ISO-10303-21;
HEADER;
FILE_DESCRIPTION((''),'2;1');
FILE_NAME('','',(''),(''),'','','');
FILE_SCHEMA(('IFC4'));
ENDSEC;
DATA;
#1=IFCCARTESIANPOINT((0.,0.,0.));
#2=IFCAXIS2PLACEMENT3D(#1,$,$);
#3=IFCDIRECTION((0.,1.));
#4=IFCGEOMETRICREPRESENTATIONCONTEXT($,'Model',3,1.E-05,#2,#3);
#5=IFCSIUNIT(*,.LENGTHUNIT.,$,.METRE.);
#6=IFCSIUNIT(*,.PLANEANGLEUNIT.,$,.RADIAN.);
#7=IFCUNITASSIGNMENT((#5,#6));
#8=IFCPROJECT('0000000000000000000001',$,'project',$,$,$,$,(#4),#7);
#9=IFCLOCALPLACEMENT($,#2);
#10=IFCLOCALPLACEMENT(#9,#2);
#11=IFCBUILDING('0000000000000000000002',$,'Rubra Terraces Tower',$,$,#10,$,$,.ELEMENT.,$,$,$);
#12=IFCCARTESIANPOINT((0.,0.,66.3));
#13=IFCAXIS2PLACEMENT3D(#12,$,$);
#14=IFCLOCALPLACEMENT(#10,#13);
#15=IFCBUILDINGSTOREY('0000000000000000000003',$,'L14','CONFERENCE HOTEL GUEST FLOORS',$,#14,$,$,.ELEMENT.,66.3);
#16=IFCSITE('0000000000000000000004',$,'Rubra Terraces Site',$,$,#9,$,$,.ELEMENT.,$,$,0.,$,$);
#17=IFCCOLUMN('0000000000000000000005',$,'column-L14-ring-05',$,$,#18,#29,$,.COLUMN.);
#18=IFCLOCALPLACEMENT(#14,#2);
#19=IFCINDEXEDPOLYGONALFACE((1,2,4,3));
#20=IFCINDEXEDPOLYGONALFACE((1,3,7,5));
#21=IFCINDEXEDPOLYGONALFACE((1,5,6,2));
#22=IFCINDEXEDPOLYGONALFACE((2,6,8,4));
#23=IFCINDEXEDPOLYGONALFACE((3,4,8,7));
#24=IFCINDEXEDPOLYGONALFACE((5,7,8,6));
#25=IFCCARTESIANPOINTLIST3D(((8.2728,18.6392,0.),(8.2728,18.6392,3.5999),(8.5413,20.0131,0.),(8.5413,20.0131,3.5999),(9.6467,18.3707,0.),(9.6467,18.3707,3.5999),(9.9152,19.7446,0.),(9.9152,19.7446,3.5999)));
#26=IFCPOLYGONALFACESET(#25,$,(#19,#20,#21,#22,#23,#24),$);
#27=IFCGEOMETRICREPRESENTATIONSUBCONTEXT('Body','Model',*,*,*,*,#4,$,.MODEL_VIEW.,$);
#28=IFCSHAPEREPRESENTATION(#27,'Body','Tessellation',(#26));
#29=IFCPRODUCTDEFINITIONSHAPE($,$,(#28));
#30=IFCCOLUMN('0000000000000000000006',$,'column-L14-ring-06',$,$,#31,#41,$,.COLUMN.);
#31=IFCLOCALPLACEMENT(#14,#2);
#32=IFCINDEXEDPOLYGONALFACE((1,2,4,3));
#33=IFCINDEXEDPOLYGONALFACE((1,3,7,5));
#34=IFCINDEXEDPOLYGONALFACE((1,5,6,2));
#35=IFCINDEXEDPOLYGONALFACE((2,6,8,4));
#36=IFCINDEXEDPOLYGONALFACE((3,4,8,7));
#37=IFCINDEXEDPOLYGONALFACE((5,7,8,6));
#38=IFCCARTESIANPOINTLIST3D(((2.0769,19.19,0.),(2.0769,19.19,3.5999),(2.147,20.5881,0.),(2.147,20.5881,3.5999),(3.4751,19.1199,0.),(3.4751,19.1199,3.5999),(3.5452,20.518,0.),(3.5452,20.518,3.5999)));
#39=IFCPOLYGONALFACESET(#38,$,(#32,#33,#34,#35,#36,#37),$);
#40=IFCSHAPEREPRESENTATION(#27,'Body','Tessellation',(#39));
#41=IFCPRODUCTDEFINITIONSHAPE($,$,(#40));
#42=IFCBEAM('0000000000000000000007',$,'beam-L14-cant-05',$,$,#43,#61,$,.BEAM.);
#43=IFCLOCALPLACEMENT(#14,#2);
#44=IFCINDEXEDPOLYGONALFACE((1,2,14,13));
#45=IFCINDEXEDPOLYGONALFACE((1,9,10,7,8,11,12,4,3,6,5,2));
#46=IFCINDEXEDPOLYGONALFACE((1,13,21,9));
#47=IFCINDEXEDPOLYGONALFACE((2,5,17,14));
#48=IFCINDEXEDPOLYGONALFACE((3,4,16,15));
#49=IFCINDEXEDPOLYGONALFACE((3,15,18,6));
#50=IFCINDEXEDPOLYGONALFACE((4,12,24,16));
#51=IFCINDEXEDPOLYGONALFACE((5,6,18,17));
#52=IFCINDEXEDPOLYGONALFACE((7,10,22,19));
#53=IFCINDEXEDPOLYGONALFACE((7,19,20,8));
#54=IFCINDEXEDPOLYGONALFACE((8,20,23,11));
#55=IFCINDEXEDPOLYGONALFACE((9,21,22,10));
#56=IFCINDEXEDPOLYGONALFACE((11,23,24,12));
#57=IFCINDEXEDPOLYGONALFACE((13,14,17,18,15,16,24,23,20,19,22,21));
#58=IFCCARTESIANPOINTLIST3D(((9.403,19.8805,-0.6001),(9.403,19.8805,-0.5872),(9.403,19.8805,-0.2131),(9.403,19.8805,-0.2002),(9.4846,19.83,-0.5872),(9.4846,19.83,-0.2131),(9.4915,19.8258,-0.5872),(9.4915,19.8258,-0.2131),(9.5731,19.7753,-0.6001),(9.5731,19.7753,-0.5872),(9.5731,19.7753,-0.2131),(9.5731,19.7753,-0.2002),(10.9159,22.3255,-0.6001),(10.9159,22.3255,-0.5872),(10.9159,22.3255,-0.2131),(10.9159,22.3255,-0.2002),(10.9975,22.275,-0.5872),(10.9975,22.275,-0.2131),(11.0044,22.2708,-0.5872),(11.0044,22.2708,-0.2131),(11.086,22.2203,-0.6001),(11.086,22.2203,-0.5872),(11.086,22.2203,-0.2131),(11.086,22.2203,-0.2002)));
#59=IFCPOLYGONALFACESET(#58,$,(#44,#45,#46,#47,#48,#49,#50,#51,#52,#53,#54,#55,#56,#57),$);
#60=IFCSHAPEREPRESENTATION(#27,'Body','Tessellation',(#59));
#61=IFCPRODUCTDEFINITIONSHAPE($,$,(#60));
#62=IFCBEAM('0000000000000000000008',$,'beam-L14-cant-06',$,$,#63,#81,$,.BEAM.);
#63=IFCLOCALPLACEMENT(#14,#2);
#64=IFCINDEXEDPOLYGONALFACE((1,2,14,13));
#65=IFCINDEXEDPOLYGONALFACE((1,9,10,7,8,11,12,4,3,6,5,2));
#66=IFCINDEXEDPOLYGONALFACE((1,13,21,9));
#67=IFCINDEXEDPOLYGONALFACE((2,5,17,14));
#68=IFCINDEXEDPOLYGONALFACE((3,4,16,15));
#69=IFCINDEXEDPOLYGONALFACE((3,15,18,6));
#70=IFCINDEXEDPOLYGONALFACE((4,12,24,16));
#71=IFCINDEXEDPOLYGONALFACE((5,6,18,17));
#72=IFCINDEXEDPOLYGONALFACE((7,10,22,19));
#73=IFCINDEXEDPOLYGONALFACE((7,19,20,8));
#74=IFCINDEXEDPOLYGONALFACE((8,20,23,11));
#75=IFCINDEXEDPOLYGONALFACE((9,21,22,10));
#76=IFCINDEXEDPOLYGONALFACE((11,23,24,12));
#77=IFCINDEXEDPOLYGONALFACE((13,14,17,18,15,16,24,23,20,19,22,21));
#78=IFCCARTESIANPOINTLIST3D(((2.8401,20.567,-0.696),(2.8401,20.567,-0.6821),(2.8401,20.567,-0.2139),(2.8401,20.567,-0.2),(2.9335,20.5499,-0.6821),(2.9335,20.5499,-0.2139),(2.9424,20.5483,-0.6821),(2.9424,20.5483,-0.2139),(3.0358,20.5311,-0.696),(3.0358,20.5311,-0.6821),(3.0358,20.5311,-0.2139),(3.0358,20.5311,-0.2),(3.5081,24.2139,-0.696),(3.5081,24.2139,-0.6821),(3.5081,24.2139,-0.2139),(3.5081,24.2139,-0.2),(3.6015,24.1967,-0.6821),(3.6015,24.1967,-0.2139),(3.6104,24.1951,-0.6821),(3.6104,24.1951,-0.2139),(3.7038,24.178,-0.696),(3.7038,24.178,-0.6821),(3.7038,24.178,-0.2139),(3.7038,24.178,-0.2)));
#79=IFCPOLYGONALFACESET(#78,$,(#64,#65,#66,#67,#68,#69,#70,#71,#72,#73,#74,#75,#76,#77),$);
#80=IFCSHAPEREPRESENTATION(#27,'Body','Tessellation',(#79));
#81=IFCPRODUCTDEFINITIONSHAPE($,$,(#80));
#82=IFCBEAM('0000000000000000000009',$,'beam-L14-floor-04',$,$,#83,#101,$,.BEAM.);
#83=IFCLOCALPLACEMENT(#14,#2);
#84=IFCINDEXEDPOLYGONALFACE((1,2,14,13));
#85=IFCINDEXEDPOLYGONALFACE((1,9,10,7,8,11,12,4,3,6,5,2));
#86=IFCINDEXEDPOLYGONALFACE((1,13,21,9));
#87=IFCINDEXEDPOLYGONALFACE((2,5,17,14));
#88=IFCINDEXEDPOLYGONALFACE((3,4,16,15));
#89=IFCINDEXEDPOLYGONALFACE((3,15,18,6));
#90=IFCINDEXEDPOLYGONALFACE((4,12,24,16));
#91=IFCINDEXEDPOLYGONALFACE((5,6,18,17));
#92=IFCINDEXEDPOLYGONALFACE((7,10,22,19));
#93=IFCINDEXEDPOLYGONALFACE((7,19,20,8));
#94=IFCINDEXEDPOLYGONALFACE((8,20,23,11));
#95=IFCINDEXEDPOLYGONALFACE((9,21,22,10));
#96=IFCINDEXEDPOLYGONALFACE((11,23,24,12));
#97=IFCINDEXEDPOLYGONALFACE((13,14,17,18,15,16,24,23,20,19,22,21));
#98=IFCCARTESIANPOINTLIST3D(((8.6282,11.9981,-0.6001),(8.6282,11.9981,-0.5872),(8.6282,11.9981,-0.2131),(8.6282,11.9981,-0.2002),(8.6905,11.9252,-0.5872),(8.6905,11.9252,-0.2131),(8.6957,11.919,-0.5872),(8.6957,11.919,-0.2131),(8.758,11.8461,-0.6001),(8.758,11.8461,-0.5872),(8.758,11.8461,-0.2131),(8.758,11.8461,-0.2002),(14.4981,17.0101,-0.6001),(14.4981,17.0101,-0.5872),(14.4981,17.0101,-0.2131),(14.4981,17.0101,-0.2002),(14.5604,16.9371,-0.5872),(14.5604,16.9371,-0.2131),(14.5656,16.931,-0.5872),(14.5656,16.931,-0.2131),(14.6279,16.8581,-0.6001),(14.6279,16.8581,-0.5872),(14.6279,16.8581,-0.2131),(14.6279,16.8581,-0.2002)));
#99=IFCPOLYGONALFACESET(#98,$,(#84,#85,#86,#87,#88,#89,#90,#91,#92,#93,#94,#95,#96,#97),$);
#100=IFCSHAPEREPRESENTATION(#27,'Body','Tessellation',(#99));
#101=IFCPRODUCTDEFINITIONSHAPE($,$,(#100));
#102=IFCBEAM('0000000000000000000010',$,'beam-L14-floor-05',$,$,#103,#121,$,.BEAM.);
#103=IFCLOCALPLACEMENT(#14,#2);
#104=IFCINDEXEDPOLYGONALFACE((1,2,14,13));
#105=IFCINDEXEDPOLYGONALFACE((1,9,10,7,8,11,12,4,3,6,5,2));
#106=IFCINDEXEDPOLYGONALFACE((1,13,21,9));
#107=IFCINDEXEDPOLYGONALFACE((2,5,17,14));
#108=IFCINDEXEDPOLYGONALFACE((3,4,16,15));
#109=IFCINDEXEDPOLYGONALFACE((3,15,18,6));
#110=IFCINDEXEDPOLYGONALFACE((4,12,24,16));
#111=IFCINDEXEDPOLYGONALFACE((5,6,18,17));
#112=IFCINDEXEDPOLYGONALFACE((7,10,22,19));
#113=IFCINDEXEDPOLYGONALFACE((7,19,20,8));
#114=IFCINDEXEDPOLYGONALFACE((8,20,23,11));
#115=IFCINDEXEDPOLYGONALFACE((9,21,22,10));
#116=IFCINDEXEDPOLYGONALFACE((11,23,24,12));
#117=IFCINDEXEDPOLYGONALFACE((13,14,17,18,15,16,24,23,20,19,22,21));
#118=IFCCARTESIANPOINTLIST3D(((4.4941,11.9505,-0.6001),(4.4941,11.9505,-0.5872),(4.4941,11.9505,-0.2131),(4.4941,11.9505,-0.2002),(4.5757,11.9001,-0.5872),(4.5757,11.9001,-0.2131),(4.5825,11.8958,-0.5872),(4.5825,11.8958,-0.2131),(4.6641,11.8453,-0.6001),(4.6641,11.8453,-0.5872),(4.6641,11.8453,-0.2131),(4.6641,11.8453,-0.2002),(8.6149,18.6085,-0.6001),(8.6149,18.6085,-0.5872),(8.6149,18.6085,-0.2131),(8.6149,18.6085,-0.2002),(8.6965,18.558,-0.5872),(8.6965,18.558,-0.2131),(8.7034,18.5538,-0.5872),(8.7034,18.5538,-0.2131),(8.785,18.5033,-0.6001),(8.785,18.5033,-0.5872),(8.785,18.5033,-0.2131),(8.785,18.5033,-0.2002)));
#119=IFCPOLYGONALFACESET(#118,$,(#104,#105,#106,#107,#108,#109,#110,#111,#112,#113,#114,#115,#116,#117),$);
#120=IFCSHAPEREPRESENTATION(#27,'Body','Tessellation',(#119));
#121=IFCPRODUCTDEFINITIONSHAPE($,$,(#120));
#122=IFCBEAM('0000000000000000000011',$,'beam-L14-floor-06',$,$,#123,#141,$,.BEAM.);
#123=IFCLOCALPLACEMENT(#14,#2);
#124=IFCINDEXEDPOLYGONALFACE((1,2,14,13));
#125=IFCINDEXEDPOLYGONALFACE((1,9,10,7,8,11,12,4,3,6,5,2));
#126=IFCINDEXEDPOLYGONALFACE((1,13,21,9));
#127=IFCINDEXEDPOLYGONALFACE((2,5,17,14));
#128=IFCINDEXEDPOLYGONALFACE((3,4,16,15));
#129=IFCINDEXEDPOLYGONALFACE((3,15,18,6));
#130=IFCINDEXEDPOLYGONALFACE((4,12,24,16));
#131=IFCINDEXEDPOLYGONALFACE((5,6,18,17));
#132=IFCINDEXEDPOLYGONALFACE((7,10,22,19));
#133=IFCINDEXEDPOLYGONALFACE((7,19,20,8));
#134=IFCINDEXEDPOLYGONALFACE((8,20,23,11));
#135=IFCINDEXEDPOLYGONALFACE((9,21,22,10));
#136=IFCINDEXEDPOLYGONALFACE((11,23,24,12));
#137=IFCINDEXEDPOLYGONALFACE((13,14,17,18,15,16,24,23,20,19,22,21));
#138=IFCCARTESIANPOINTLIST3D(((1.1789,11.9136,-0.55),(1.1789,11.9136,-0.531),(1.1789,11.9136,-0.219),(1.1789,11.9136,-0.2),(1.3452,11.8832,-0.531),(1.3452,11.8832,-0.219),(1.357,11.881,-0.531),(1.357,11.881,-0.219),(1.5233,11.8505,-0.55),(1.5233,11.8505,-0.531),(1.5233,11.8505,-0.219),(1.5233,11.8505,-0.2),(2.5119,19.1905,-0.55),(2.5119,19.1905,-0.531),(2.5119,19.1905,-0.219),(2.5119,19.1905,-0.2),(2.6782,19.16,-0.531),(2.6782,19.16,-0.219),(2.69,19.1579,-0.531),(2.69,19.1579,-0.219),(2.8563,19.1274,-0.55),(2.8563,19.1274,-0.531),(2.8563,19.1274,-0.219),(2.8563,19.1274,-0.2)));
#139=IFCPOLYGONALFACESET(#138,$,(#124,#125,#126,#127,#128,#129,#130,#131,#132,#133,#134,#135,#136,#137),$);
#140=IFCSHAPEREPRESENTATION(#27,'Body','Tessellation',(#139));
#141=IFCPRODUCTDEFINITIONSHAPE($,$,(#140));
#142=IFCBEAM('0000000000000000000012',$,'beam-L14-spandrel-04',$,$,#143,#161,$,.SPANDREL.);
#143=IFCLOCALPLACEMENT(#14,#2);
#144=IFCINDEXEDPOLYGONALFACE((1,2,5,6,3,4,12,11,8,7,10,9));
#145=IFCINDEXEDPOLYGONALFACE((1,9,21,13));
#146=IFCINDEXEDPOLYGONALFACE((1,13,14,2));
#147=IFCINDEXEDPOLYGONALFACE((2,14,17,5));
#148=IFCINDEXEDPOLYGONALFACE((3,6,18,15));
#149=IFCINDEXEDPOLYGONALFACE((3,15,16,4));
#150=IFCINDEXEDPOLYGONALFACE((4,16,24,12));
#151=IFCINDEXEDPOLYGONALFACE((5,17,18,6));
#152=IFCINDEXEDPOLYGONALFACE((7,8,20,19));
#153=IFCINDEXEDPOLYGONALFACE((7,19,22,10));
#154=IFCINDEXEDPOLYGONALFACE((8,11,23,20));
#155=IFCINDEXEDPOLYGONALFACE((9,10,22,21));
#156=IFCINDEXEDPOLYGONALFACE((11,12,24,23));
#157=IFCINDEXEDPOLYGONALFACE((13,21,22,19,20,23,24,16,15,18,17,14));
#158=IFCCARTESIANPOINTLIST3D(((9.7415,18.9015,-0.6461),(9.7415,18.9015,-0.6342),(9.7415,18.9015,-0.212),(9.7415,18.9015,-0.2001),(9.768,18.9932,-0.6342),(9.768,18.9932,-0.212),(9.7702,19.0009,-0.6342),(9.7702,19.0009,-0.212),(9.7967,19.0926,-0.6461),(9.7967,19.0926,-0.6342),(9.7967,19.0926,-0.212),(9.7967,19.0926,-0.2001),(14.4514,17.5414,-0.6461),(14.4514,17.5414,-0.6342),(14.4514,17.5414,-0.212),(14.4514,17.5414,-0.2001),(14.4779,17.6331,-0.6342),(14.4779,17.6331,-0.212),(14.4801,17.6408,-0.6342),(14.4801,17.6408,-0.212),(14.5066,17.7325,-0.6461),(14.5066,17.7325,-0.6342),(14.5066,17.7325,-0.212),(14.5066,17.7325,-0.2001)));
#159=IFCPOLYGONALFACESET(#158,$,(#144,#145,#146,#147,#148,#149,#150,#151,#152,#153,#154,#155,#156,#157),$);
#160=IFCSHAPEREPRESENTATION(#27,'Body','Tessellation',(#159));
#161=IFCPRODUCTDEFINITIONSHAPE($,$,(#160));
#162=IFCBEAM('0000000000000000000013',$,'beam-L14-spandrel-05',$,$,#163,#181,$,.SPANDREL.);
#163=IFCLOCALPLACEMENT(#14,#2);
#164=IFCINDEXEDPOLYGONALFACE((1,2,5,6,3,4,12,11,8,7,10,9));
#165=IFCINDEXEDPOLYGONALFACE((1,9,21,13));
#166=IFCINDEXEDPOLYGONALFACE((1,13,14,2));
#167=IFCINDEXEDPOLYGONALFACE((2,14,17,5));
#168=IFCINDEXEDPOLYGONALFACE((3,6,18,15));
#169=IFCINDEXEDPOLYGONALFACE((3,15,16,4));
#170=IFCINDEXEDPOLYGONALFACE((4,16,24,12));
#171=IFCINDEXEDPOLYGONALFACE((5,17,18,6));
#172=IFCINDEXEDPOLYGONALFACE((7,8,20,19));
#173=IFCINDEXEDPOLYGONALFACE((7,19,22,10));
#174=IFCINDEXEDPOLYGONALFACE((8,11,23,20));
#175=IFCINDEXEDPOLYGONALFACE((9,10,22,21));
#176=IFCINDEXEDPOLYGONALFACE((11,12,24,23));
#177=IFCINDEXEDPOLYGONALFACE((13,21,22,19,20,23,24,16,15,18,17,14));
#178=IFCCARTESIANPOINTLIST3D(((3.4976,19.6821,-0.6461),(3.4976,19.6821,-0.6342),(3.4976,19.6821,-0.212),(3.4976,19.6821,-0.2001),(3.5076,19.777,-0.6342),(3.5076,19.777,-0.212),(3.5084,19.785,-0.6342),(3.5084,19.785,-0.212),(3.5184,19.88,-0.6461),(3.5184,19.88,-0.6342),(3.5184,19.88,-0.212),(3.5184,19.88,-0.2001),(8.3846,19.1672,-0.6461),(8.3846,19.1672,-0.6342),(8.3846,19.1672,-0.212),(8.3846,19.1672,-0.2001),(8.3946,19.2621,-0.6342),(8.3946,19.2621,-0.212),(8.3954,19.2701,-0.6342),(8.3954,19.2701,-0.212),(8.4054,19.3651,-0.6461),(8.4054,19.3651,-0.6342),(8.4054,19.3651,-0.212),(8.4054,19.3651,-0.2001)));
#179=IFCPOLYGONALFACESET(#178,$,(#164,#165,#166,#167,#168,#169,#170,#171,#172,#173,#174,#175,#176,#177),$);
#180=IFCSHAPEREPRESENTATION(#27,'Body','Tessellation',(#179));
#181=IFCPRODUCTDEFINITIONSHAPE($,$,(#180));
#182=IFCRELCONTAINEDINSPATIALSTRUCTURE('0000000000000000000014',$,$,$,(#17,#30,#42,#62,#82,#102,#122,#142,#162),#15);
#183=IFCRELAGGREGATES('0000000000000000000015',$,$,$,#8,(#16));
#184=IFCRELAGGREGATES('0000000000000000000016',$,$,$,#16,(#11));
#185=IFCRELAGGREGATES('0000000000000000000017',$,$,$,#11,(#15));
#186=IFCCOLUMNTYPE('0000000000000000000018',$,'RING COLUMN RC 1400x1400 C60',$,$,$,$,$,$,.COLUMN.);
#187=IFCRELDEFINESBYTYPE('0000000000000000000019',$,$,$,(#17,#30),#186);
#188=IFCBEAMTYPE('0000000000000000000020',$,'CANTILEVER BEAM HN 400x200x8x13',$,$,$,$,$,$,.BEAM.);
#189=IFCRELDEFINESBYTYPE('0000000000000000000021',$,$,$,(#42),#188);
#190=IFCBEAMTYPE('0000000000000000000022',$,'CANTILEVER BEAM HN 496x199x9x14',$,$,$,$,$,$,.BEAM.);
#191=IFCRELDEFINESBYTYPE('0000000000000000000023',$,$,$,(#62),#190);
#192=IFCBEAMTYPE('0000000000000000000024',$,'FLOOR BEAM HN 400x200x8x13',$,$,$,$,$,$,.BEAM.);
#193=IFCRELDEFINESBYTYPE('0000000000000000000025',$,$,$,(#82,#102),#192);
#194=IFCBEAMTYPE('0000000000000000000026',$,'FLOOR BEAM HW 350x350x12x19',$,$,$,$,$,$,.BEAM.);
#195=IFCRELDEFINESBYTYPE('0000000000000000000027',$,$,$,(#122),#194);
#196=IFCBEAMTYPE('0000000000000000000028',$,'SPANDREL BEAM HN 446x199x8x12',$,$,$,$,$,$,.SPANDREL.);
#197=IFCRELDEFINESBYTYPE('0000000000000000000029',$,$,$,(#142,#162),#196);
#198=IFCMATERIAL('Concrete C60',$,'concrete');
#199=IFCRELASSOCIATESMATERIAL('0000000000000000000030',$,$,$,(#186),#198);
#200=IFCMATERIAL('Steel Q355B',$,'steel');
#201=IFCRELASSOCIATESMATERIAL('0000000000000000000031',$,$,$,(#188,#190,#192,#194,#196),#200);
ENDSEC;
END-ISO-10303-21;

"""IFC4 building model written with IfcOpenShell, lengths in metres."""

from ifc_helpers import new_model, si_unit, direction, frame, origin, origin_2d, place, context, subcontext, project, spatial, rectangle, i_section, extrude, material, material_profile, profile_set, type_object, element, save


model = new_model("IFC4")

# Units and contexts
model_context = context("Model", 3, precision=1e-05, world=origin(), true_north=direction((0.0, 1.0)))
body_context = subcontext(model_context, "Body", "Model", "MODEL_VIEW")
ifc_project = project(units=[si_unit("LENGTHUNIT", "METRE"), si_unit("PLANEANGLEUNIT", "RADIAN")], contexts=[model_context])

# Site, building, storey
site_placement = place(None, origin())
site = spatial("IfcSite", under=ifc_project, at=site_placement, Name="Rubra Terraces Site", CompositionType="ELEMENT", RefElevation=0.0)
building_placement = place(site_placement, origin())
building = spatial("IfcBuilding", under=site, at=building_placement, Name="Rubra Terraces Tower", CompositionType="ELEMENT")
storey_placement = place(building_placement, frame((0.0, 0.0, 66.3)))
storey = spatial("IfcBuildingStorey", under=building, at=storey_placement, Name="L14", Description="CONFERENCE HOTEL GUEST FLOORS", CompositionType="ELEMENT", Elevation=66.3)

# Columns
ifc_material_1 = material(Name="Concrete C60", Category="concrete")
ifc_material_profile_1 = material_profile(ifc_material_1, rectangle(XDim=1.3999, YDim=1.3999, at=origin_2d()), Name="RC 1400x1400")
ifc_profile_set_1 = profile_set([ifc_material_profile_1], Name="Concrete C60")
column_type = type_object("IfcColumnType", Name="RING COLUMN RC 1400x1400 C60", PredefinedType="COLUMN", material=ifc_profile_set_1)
for number, where, z_axis, x_axis, name in (
    (1, (9.094, 19.1919, 0.0), (0.0, 0.0, 1.0), (-0.98143, 0.191819, 0.0), "column-L14-ring-05"),
    (2, (2.811, 19.854, 0.0), (0.0, 0.0, 1.0), (-0.998745, 0.050084, 0.0), "column-L14-ring-06"),
):
    element("IfcColumn", number, at=place(storey_placement, frame(where, z_axis=z_axis, x_axis=x_axis)), inside=storey, type_object=column_type, Name=name, PredefinedType="COLUMN", context=body_context, shape_type="SweptSolid", body=[
        extrude(rectangle(XDim=1.3999, YDim=1.3999, at=origin_2d()), origin(), (0.0, 0.0, 1.0), 3.5999),
    ])

# Beams
ifc_material_2 = material(Name="Steel Q355B", Category="steel")
ifc_material_profile_2 = material_profile(ifc_material_2, i_section(OverallWidth=0.2, OverallDepth=0.3999, WebThickness=0.0081, FlangeThickness=0.0129, at=origin_2d()), Name="HN 400x200x8x13")
ifc_profile_set_2 = profile_set([ifc_material_profile_2], Name="Steel Q355B")
beam_type_1 = type_object("IfcBeamType", Name="CANTILEVER BEAM HN 400x200x8x13", PredefinedType="BEAM", material=ifc_profile_set_2)
beam_1_placement = place(storey_placement, frame((9.488, 19.8279, -0.4001), z_axis=(0.526185, 0.85037, 0.0), x_axis=(-0.85037, 0.526185, 0.0)))
element("IfcBeam", 3, at=beam_1_placement, inside=storey, type_object=beam_type_1, Name="beam-L14-cant-05", PredefinedType="BEAM", context=body_context, shape_type="SweptSolid", body=[
    extrude(i_section(OverallWidth=0.2, OverallDepth=0.3999, WebThickness=0.0081, FlangeThickness=0.0129, at=origin_2d()), origin(), (0.0, 0.0, 1.0), 2.8752),
])
ifc_material_profile_3 = material_profile(ifc_material_2, i_section(OverallWidth=0.199, OverallDepth=0.4961, WebThickness=0.009, FlangeThickness=0.0139, at=origin_2d()), Name="HN 496x199x9x14")
ifc_profile_set_3 = profile_set([ifc_material_profile_3], Name="Steel Q355B")
beam_type_2 = type_object("IfcBeamType", Name="CANTILEVER BEAM HN 496x199x9x14", PredefinedType="BEAM", material=ifc_profile_set_3)
beam_2_placement = place(storey_placement, frame((2.938, 20.5491, -0.448), z_axis=(0.18016, 0.983637, 0.0), x_axis=(-0.983637, 0.18016, 0.0)))
element("IfcBeam", 4, at=beam_2_placement, inside=storey, type_object=beam_type_2, Name="beam-L14-cant-06", PredefinedType="BEAM", context=body_context, shape_type="SweptSolid", body=[
    extrude(i_section(OverallWidth=0.199, OverallDepth=0.4961, WebThickness=0.009, FlangeThickness=0.0139, at=origin_2d()), origin(), (0.0, 0.0, 1.0), 3.7075),
])
ifc_material_profile_4 = material_profile(ifc_material_2, i_section(OverallWidth=0.2, OverallDepth=0.3999, WebThickness=0.0081, FlangeThickness=0.0129, at=origin_2d()), Name="HN 400x200x8x13")
ifc_profile_set_4 = profile_set([ifc_material_profile_4], Name="Steel Q355B")
beam_type_3 = type_object("IfcBeamType", Name="FLOOR BEAM HN 400x200x8x13", PredefinedType="BEAM", material=ifc_profile_set_4)
beam_3_placement = place(storey_placement, frame((14.563, 16.9341, -0.4001), z_axis=(-0.760494, -0.649344, 0.0), x_axis=(0.649344, -0.760494, 0.0)))
element("IfcBeam", 5, at=beam_3_placement, inside=storey, type_object=beam_type_3, Name="beam-L14-floor-04", PredefinedType="BEAM", context=body_context, shape_type="SweptSolid", body=[
    extrude(i_section(OverallWidth=0.2, OverallDepth=0.3999, WebThickness=0.0081, FlangeThickness=0.0129, at=origin_2d()), origin(), (0.0, 0.0, 1.0), 7.7185),
])
beam_4_placement = place(storey_placement, frame((8.7, 18.5559, -0.4001), z_axis=(-0.526286, -0.850308, 0.0), x_axis=(0.850308, -0.526286, 0.0)))
element("IfcBeam", 6, at=beam_4_placement, inside=storey, type_object=beam_type_3, Name="beam-L14-floor-05", PredefinedType="BEAM", context=body_context, shape_type="SweptSolid", body=[
    extrude(i_section(OverallWidth=0.2, OverallDepth=0.3999, WebThickness=0.0081, FlangeThickness=0.0129, at=origin_2d()), origin(), (0.0, 0.0, 1.0), 7.8301),
])
ifc_material_profile_5 = material_profile(ifc_material_2, i_section(OverallWidth=0.3501, OverallDepth=0.3501, WebThickness=0.012, FlangeThickness=0.019, at=origin_2d()), Name="HW 350x350x12x19")
ifc_profile_set_5 = profile_set([ifc_material_profile_5], Name="Steel Q355B")
beam_type_4 = type_object("IfcBeamType", Name="FLOOR BEAM HW 350x350x12x19", PredefinedType="BEAM", material=ifc_profile_set_5)
beam_5_placement = place(storey_placement, frame((2.6841, 19.1589, -0.375), z_axis=(-0.180186, -0.983632, 0.0), x_axis=(0.983632, -0.180186, 0.0)))
element("IfcBeam", 7, at=beam_5_placement, inside=storey, type_object=beam_type_4, Name="beam-L14-floor-06", PredefinedType="BEAM", context=body_context, shape_type="SweptSolid", body=[
    extrude(i_section(OverallWidth=0.3501, OverallDepth=0.3501, WebThickness=0.012, FlangeThickness=0.019, at=origin_2d()), origin(), (0.0, 0.0, 1.0), 7.3979),
])
ifc_material_profile_6 = material_profile(ifc_material_2, i_section(OverallWidth=0.199, OverallDepth=0.446, WebThickness=0.0081, FlangeThickness=0.012, at=origin_2d()), Name="HN 446x199x8x12")
ifc_profile_set_6 = profile_set([ifc_material_profile_6], Name="Steel Q355B")
beam_type_5 = type_object("IfcBeamType", Name="SPANDREL BEAM HN 446x199x8x12", PredefinedType="SPANDREL", material=ifc_profile_set_6)
beam_6_placement = place(storey_placement, frame((14.479, 17.637, -0.4231), z_axis=(-0.960744, 0.277436, 0.0), x_axis=(-0.277436, -0.960744, 0.0)))
element("IfcBeam", 8, at=beam_6_placement, inside=storey, type_object=beam_type_5, Name="beam-L14-spandrel-04", PredefinedType="SPANDREL", context=body_context, shape_type="SweptSolid", body=[
    extrude(i_section(OverallWidth=0.199, OverallDepth=0.446, WebThickness=0.0081, FlangeThickness=0.012, at=origin_2d()), origin(), (0.0, 0.0, 1.0), 4.9023),
])
beam_7_placement = place(storey_placement, frame((8.395, 19.2661, -0.4231), z_axis=(-0.994495, 0.10478, 0.0), x_axis=(-0.10478, -0.994495, 0.0)))
element("IfcBeam", 9, at=beam_7_placement, inside=storey, type_object=beam_type_5, Name="beam-L14-spandrel-05", PredefinedType="SPANDREL", context=body_context, shape_type="SweptSolid", body=[
    extrude(i_section(OverallWidth=0.199, OverallDepth=0.446, WebThickness=0.0081, FlangeThickness=0.012, at=origin_2d()), origin(), (0.0, 0.0, 1.0), 4.9141),
])

save(model, "model.ifc")
